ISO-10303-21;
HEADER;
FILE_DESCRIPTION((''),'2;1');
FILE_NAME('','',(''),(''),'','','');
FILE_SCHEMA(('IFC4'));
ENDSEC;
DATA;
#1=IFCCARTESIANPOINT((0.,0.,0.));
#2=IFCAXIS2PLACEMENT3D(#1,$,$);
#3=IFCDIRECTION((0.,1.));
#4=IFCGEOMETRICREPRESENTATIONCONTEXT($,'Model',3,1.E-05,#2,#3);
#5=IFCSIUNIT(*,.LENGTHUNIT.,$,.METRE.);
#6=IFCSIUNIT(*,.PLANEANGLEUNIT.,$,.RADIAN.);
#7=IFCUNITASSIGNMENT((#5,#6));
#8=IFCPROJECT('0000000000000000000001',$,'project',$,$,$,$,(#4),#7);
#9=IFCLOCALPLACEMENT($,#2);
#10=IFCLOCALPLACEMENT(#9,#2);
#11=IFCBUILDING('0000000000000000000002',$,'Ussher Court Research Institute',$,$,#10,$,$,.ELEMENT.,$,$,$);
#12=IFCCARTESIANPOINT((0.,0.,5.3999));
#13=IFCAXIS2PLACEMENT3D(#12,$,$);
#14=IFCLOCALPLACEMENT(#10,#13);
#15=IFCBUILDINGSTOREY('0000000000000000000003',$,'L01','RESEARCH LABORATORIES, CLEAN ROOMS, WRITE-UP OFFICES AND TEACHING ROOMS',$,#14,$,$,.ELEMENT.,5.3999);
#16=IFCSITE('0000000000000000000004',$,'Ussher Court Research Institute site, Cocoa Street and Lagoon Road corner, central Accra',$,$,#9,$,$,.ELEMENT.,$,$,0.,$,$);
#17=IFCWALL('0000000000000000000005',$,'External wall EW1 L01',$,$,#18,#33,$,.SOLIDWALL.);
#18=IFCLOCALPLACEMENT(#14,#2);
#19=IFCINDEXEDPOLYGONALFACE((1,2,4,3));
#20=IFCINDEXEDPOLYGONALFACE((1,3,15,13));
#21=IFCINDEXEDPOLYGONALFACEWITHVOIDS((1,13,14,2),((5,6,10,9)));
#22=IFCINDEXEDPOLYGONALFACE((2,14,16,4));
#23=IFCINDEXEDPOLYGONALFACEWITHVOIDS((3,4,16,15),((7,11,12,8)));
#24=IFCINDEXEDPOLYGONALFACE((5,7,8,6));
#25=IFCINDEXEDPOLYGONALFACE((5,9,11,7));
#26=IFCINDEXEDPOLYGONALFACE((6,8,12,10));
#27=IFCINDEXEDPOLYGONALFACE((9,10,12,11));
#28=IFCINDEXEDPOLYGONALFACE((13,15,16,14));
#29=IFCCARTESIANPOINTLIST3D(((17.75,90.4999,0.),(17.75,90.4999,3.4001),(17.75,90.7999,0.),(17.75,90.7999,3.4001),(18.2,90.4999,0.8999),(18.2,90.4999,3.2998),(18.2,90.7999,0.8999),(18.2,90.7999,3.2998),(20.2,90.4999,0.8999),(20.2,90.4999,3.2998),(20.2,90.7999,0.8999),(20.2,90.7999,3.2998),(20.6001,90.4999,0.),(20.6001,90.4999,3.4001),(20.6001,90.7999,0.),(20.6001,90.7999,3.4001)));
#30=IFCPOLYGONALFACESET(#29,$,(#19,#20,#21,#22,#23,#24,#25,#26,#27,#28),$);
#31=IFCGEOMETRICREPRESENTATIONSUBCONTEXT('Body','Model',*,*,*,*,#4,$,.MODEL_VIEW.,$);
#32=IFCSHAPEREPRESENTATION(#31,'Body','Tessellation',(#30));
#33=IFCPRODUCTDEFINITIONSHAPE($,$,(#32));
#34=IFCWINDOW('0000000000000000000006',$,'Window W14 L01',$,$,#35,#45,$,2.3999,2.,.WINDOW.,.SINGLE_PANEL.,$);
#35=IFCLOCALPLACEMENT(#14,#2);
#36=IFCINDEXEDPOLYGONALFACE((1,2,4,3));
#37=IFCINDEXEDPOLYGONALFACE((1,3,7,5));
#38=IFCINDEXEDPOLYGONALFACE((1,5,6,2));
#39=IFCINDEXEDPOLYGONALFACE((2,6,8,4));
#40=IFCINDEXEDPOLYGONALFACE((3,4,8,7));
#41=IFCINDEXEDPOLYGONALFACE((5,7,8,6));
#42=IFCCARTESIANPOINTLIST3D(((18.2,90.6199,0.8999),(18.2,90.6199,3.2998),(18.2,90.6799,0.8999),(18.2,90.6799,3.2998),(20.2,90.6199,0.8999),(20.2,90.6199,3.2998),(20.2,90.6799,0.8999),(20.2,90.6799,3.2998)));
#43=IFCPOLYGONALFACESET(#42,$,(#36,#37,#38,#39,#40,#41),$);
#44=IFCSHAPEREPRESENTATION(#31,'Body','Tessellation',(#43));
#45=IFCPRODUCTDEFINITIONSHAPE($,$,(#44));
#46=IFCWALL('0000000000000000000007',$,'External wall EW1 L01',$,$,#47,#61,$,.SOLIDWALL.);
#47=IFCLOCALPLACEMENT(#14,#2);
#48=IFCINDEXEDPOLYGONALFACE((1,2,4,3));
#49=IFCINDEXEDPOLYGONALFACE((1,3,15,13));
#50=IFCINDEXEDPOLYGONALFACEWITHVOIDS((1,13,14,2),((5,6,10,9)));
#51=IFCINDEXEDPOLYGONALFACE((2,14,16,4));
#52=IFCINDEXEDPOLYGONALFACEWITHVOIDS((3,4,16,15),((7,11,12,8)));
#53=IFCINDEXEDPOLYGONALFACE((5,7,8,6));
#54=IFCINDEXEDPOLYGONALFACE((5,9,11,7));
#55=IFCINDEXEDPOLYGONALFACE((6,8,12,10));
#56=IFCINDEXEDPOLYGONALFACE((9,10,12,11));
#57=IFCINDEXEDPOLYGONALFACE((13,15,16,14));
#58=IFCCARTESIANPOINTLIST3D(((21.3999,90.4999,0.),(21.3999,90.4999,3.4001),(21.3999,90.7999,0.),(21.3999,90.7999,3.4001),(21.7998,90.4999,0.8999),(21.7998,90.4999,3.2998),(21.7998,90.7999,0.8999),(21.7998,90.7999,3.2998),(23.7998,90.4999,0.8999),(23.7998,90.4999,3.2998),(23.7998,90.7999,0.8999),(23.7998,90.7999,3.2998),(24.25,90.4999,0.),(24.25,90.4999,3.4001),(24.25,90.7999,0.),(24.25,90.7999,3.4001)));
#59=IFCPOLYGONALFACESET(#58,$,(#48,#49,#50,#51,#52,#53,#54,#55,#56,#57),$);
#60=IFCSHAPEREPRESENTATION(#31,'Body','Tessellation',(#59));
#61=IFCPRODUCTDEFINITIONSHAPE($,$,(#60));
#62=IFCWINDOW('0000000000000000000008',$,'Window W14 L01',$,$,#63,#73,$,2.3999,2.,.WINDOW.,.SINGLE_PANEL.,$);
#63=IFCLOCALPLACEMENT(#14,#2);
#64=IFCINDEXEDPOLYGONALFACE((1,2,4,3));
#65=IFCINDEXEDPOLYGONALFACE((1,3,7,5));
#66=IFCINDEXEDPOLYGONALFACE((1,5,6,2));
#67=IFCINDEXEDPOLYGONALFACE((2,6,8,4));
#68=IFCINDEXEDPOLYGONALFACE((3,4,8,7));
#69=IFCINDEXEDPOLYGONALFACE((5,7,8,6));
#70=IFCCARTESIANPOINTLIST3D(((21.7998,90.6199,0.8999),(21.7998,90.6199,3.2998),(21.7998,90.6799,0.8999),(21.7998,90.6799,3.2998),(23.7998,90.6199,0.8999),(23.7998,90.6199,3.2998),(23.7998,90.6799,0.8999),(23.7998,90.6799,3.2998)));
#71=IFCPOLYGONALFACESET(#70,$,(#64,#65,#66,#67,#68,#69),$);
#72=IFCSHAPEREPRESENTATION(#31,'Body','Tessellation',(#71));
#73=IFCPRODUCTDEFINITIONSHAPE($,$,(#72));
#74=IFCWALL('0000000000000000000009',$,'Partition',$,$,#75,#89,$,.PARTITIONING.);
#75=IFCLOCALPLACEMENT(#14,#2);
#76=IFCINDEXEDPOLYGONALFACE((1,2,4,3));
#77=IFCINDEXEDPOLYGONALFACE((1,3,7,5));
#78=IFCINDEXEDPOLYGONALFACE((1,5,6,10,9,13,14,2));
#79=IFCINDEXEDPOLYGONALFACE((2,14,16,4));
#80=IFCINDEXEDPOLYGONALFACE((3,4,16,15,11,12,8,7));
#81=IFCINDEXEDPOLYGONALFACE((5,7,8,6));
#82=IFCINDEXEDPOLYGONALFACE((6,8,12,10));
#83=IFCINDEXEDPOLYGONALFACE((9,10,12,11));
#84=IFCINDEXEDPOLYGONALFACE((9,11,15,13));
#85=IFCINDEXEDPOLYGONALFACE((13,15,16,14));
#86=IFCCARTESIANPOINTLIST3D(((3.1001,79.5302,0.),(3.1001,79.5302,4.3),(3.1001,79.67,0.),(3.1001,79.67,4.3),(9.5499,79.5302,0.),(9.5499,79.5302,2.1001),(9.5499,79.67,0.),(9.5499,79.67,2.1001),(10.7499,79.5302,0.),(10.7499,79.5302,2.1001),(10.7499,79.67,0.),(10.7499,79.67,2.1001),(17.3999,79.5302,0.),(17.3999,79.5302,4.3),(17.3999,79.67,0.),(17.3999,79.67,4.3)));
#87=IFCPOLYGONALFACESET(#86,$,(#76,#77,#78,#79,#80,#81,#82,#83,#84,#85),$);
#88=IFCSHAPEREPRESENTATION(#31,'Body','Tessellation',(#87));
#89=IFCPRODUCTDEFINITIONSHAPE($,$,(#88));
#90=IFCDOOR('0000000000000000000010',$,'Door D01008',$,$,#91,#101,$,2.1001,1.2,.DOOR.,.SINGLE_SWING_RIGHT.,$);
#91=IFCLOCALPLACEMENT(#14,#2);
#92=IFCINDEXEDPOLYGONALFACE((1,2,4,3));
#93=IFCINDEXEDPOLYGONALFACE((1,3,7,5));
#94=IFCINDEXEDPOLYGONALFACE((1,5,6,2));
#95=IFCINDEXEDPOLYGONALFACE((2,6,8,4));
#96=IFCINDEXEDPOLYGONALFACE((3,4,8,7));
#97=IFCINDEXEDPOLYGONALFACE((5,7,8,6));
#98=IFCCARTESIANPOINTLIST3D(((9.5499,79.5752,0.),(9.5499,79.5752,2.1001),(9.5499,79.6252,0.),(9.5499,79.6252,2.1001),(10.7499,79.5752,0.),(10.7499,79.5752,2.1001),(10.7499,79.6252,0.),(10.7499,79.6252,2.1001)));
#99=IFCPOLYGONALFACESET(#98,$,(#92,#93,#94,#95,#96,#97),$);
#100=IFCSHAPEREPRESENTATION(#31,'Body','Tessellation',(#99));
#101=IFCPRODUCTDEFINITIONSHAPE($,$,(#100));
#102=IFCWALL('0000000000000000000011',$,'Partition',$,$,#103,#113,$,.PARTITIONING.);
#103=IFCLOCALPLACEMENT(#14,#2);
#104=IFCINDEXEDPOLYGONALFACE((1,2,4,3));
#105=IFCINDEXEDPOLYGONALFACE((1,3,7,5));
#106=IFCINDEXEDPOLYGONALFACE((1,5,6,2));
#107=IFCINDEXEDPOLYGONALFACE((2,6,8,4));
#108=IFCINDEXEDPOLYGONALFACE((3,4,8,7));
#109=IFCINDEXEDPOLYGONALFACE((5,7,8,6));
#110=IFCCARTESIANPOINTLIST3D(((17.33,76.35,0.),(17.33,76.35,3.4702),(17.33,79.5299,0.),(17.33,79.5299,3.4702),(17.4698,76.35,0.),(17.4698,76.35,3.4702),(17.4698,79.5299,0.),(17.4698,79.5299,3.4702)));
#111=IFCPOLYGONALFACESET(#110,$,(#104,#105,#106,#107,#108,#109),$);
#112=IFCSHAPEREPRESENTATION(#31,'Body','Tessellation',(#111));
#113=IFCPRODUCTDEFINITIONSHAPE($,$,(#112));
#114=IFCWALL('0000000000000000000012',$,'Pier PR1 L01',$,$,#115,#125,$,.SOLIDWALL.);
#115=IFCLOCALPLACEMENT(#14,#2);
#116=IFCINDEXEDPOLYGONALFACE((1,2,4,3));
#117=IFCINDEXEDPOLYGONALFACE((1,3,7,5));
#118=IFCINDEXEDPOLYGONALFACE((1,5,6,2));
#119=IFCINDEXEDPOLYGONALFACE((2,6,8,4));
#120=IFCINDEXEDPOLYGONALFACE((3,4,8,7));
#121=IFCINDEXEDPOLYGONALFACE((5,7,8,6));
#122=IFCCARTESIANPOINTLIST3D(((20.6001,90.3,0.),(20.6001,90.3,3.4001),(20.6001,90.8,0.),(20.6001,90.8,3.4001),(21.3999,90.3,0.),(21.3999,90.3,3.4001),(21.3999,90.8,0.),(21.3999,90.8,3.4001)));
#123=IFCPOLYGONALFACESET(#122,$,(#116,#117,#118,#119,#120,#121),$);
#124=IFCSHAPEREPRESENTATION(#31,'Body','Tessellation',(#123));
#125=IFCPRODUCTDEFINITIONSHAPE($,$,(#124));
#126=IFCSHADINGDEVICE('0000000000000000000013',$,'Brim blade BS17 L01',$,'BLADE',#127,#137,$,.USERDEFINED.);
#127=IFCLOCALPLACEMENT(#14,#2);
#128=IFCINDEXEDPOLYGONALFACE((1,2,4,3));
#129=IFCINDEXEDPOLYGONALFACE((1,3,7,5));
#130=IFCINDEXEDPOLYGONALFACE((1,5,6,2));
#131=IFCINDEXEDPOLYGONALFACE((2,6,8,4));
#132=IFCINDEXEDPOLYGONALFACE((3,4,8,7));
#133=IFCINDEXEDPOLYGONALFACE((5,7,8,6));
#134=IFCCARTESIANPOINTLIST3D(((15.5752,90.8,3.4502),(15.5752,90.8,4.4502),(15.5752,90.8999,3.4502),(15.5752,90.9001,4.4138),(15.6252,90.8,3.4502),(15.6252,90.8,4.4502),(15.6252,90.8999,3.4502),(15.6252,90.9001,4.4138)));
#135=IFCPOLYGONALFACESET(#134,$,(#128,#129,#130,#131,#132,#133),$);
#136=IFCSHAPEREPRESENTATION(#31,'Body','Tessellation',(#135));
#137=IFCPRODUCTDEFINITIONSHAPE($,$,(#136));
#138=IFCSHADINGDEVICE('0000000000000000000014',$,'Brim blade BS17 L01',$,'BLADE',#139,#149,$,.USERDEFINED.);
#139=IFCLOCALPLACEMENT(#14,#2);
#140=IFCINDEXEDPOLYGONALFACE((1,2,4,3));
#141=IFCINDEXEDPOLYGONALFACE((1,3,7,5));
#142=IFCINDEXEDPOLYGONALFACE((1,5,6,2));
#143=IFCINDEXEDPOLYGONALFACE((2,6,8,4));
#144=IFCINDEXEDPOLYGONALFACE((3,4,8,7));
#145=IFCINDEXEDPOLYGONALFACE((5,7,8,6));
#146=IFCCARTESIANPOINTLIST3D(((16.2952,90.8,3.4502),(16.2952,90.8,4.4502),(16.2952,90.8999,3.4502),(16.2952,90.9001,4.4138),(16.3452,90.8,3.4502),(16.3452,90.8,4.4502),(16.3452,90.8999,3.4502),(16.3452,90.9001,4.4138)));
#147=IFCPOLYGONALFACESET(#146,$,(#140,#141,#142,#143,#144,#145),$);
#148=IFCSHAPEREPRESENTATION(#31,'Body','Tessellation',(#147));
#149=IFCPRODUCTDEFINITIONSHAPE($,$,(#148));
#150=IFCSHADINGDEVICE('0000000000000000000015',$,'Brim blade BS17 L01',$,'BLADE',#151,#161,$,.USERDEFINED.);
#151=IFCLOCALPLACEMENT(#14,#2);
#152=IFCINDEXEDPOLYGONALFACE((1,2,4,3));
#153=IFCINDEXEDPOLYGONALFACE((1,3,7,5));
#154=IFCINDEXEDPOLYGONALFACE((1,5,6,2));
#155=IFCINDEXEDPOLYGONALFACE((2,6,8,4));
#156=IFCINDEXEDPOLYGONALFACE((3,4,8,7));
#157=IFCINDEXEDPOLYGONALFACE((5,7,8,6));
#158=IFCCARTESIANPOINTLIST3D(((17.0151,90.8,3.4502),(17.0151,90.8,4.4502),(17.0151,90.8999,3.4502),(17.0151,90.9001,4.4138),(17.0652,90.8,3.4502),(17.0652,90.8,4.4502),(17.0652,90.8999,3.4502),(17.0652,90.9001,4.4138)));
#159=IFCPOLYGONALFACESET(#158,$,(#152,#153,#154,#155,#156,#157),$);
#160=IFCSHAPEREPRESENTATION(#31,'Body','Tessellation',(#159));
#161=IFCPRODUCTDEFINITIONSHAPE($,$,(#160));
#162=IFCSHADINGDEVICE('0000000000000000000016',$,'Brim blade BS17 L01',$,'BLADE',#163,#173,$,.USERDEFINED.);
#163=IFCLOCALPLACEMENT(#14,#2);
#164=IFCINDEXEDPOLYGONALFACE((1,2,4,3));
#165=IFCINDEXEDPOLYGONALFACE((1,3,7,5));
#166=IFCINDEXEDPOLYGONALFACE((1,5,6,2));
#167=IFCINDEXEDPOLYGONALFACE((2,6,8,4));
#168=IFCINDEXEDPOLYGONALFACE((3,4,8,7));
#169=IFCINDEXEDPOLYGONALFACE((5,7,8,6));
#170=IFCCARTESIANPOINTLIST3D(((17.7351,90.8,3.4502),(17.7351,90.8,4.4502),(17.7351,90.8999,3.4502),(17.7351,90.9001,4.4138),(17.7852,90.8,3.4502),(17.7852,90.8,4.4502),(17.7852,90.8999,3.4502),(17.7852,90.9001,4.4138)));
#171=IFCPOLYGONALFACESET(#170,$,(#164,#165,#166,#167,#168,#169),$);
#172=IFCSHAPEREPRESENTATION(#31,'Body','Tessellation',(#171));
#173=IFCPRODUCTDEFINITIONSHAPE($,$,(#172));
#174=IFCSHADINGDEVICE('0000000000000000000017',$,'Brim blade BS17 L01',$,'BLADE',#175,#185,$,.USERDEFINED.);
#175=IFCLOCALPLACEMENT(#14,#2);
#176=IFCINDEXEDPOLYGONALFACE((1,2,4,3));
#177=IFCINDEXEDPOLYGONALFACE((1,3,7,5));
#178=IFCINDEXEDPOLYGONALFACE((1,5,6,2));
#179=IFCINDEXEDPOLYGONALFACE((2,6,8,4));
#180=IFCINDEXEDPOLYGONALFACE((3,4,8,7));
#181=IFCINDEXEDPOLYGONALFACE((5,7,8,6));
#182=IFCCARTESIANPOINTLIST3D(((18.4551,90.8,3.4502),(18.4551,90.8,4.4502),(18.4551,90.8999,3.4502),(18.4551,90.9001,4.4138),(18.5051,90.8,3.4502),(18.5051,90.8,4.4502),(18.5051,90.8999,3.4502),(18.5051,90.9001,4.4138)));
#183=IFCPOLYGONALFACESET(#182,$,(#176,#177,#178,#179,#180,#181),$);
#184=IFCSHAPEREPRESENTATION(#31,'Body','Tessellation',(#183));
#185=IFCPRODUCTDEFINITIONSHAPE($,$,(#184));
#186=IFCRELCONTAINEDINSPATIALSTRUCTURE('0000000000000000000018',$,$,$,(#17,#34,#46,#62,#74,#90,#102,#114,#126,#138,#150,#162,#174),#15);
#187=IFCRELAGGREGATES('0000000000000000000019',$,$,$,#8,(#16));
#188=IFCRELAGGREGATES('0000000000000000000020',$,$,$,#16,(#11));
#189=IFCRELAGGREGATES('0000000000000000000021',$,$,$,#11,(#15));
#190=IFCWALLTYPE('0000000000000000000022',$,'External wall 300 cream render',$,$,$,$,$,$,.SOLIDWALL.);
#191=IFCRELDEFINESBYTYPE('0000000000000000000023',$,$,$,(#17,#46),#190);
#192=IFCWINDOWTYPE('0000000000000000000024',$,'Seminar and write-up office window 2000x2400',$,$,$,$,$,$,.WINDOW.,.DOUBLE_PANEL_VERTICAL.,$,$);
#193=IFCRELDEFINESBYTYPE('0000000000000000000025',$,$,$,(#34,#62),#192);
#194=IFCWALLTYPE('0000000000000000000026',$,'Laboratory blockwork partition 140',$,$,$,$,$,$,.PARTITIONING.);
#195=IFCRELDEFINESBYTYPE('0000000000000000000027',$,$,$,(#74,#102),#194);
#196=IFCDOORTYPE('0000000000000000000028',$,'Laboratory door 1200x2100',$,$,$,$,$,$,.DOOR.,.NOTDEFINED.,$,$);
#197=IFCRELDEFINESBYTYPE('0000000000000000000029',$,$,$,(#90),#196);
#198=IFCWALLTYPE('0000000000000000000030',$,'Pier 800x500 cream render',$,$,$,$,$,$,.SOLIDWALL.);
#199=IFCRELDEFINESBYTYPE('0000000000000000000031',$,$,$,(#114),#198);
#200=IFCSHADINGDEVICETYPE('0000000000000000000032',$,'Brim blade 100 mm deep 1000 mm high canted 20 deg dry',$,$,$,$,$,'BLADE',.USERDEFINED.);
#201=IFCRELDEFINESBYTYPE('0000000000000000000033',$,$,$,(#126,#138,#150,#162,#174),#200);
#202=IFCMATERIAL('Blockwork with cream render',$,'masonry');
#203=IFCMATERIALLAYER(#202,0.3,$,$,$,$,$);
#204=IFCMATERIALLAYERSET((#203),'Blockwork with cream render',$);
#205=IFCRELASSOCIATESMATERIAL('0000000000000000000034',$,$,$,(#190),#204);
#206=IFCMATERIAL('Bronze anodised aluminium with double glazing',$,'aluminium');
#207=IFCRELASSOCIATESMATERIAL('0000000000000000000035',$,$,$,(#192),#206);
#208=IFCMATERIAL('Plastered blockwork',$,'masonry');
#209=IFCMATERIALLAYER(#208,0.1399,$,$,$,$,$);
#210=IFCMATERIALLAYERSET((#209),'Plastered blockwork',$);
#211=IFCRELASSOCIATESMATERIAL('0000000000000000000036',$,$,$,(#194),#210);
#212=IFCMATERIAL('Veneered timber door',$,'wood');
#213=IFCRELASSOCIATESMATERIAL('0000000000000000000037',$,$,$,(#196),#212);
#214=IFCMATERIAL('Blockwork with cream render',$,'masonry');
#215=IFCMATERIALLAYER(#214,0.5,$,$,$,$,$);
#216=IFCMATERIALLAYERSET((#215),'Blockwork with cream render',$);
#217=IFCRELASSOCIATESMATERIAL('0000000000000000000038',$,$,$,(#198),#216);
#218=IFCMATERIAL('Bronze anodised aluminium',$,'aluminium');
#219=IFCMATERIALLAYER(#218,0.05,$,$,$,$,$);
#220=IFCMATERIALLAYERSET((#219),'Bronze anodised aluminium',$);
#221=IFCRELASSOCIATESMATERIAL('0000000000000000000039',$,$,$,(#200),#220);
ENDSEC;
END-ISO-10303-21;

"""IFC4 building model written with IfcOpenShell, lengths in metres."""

from ifc_helpers import new_model, si_unit, direction, frame, frame_2d, origin, place, context, subcontext, project, spatial, polyline, rectangle, outline, extrude, material, layer, layer_set, type_object, element, fill, save


model = new_model("IFC4")

# Units and contexts
model_context = context("Model", 3, precision=1e-05, world=origin(), true_north=direction((0.0, 1.0)))
body_context = subcontext(model_context, "Body", "Model", "MODEL_VIEW")
ifc_project = project(units=[si_unit("LENGTHUNIT", "METRE"), si_unit("PLANEANGLEUNIT", "RADIAN")], contexts=[model_context])

# Site, building, storey
site_placement = place(None, origin())
site = spatial("IfcSite", under=ifc_project, at=site_placement, Name="Ussher Court Research Institute site, Cocoa Street and Lagoon Road corner, central Accra", CompositionType="ELEMENT", RefElevation=0.0)
building_placement = place(site_placement, origin())
building = spatial("IfcBuilding", under=site, at=building_placement, Name="Ussher Court Research Institute", CompositionType="ELEMENT")
storey_placement = place(building_placement, frame((0.0, 0.0, 5.3999)))
storey = spatial("IfcBuildingStorey", under=building, at=storey_placement, Name="L01", Description="RESEARCH LABORATORIES, CLEAN ROOMS, WRITE-UP OFFICES AND TEACHING ROOMS", CompositionType="ELEMENT", Elevation=5.3999)

# Walls, openings, windows
ifc_material_1 = material(Name="Blockwork with cream render", Category="masonry")
ifc_layer_1 = layer(ifc_material_1, 0.3)
ifc_layer_set_1 = layer_set([ifc_layer_1], Name="Blockwork with cream render")
wall_type_1 = type_object("IfcWallType", Name="External wall 300 cream render", PredefinedType="SOLIDWALL", material=ifc_layer_set_1)
wall_1_placement = place(storey_placement, frame((17.75, 90.6499, 0.0), z_axis=(0.0, 0.0, 1.0), x_axis=(1.0, 0.0, 0.0)))
wall_1 = element("IfcWall", 1, at=wall_1_placement, inside=storey, type_object=wall_type_1, Name="External wall EW1 L01", PredefinedType="SOLIDWALL", context=body_context, shape_type="SweptSolid", body=[
    extrude(rectangle(XDim=2.8501, YDim=0.3, at=frame_2d((1.425, 0.0))), origin(), (0.0, 0.0, 1.0), 3.4001),
])
opening_1_placement = place(wall_1_placement, frame((0.45, 0.0, 0.8999)))
opening_1 = element("IfcOpeningElement", 2, at=opening_1_placement, cuts=wall_1, PredefinedType="OPENING", context=body_context, shape_type="SweptSolid", body=[
    extrude(rectangle(XDim=2.0, YDim=2.3999, at=frame_2d((1.0, 1.2))), frame((0.0, 0.1602, 0.0), z_axis=(0.0, -1.0, 0.0), x_axis=(1.0, 0.0, 0.0)), (0.0, 0.0, 1.0), 0.3201),
])
ifc_material_2 = material(Name="Bronze anodised aluminium with double glazing", Category="aluminium")
window_type = type_object("IfcWindowType", Name="Seminar and write-up office window 2000x2400", PartitioningType="DOUBLE_PANEL_VERTICAL", PredefinedType="WINDOW", material=ifc_material_2)
window_1_placement = place(opening_1_placement, origin())
window_1 = element("IfcWindow", 3, at=window_1_placement, inside=storey, type_object=window_type, Name="Window W14 L01", OverallHeight=2.3999, OverallWidth=2.0, PartitioningType="SINGLE_PANEL", PredefinedType="WINDOW", context=body_context, shape_type="SweptSolid", body=[
    extrude(rectangle(XDim=2.0, YDim=2.3999, at=frame_2d((1.0, 1.2))), frame((0.0, 0.03, 0.0), z_axis=(0.0, -1.0, 0.0), x_axis=(1.0, 0.0, 0.0)), (0.0, 0.0, 1.0), 0.0601),
])
fill(opening_1, window_1)
wall_2_placement = place(storey_placement, frame((21.3999, 90.6499, 0.0), z_axis=(0.0, 0.0, 1.0), x_axis=(1.0, 0.0, 0.0)))
wall_2 = element("IfcWall", 4, at=wall_2_placement, inside=storey, type_object=wall_type_1, Name="External wall EW1 L01", PredefinedType="SOLIDWALL", context=body_context, shape_type="SweptSolid", body=[
    extrude(rectangle(XDim=2.8501, YDim=0.3, at=frame_2d((1.425, 0.0))), origin(), (0.0, 0.0, 1.0), 3.4001),
])
opening_2_placement = place(wall_2_placement, frame((0.3999, 0.0, 0.8999)))
opening_2 = element("IfcOpeningElement", 5, at=opening_2_placement, cuts=wall_2, PredefinedType="OPENING", context=body_context, shape_type="SweptSolid", body=[
    extrude(rectangle(XDim=2.0, YDim=2.3999, at=frame_2d((1.0, 1.2))), frame((0.0, 0.1602, 0.0), z_axis=(0.0, -1.0, 0.0), x_axis=(1.0, 0.0, 0.0)), (0.0, 0.0, 1.0), 0.3201),
])
window_2_placement = place(opening_2_placement, origin())
window_2 = element("IfcWindow", 6, at=window_2_placement, inside=storey, type_object=window_type, Name="Window W14 L01", OverallHeight=2.3999, OverallWidth=2.0, PartitioningType="SINGLE_PANEL", PredefinedType="WINDOW", context=body_context, shape_type="SweptSolid", body=[
    extrude(rectangle(XDim=2.0, YDim=2.3999, at=frame_2d((1.0, 1.2))), frame((0.0, 0.03, 0.0), z_axis=(0.0, -1.0, 0.0), x_axis=(1.0, 0.0, 0.0)), (0.0, 0.0, 1.0), 0.0601),
])
fill(opening_2, window_2)

# Wall, opening, door
ifc_material_3 = material(Name="Plastered blockwork", Category="masonry")
ifc_layer_2 = layer(ifc_material_3, 0.1399)
ifc_layer_set_2 = layer_set([ifc_layer_2], Name="Plastered blockwork")
wall_type_2 = type_object("IfcWallType", Name="Laboratory blockwork partition 140", PredefinedType="PARTITIONING", material=ifc_layer_set_2)
wall_3_placement = place(storey_placement, frame((17.3999, 79.6001, 0.0), z_axis=(0.0, 0.0, 1.0), x_axis=(-1.0, 0.0, 0.0)))
wall_3 = element("IfcWall", 7, at=wall_3_placement, inside=storey, type_object=wall_type_2, Name="Partition", PredefinedType="PARTITIONING", context=body_context, shape_type="SweptSolid", body=[
    extrude(rectangle(XDim=14.2998, YDim=0.1399, at=frame_2d((7.1499, 0.0))), origin(), (0.0, 0.0, 1.0), 4.3),
])
opening_3_placement = place(wall_3_placement, frame((6.6499, 0.0, 0.0)))
opening_3 = element("IfcOpeningElement", 8, at=opening_3_placement, cuts=wall_3, PredefinedType="OPENING", context=body_context, shape_type="SweptSolid", body=[
    extrude(rectangle(XDim=1.2, YDim=2.1001, at=frame_2d((0.6001, 1.05))), frame((0.0, 0.0801, 0.0), z_axis=(0.0, -1.0, 0.0), x_axis=(1.0, 0.0, 0.0)), (0.0, 0.0, 1.0), 0.1599),
])
ifc_material_4 = material(Name="Veneered timber door", Category="wood")
door_type_1 = type_object("IfcDoorType", Name="Laboratory door 1200x2100", OperationType="NOTDEFINED", PredefinedType="DOOR", material=ifc_material_4)
door_1_placement = place(opening_3_placement, origin())
door_1 = element("IfcDoor", 9, at=door_1_placement, inside=storey, type_object=door_type_1, Name="Door D01008", OperationType="SINGLE_SWING_RIGHT", OverallHeight=2.1001, OverallWidth=1.2, PredefinedType="DOOR", context=body_context, shape_type="SweptSolid", body=[
    extrude(rectangle(XDim=1.2, YDim=2.1001, at=frame_2d((0.6001, 1.05))), frame((0.0, 0.0249, 0.0), z_axis=(0.0, -1.0, 0.0), x_axis=(1.0, 0.0, 0.0)), (0.0, 0.0, 1.0), 0.05),
])
fill(opening_3, door_1)

# Walls
wall_4_placement = place(storey_placement, frame((17.3999, 76.3501, 0.0), z_axis=(0.0, 0.0, 1.0), x_axis=(0.0, 1.0, 0.0)))
element("IfcWall", 10, at=wall_4_placement, inside=storey, type_object=wall_type_2, Name="Partition", PredefinedType="PARTITIONING", context=body_context, shape_type="SweptSolid", body=[
    extrude(rectangle(XDim=3.1799, YDim=0.1399, at=frame_2d((1.5898, 0.0))), origin(), (0.0, 0.0, 1.0), 3.4702),
])
ifc_material_5 = material(Name="Blockwork with cream render", Category="masonry")
ifc_layer_3 = layer(ifc_material_5, 0.5)
ifc_layer_set_3 = layer_set([ifc_layer_3], Name="Blockwork with cream render")
wall_type_3 = type_object("IfcWallType", Name="Pier 800x500 cream render", PredefinedType="SOLIDWALL", material=ifc_layer_set_3)
wall_5_placement = place(storey_placement, frame((20.6001, 90.55, 0.0), z_axis=(0.0, 0.0, 1.0), x_axis=(1.0, 0.0, 0.0)))
element("IfcWall", 11, at=wall_5_placement, inside=storey, type_object=wall_type_3, Name="Pier PR1 L01", PredefinedType="SOLIDWALL", context=body_context, shape_type="SweptSolid", body=[
    extrude(rectangle(XDim=0.7998, YDim=0.5, at=frame_2d((0.3999, 0.0))), origin(), (0.0, 0.0, 1.0), 3.4001),
])

# Shading devices
ifc_material_6 = material(Name="Bronze anodised aluminium", Category="aluminium")
ifc_layer_4 = layer(ifc_material_6, 0.05)
ifc_layer_set_4 = layer_set([ifc_layer_4], Name="Bronze anodised aluminium")
shading_device_type_1 = type_object("IfcShadingDeviceType", Name="Brim blade 100 mm deep 1000 mm high canted 20 deg dry", ElementType="BLADE", PredefinedType="USERDEFINED", material=ifc_layer_set_4)
for number, where, z_axis, x_axis, name in (
    (12, (15.6001, 90.8, 3.4502), (0.0, 0.0, 1.0), (0.0, 1.0, 0.0), "Brim blade BS17 L01"),
    (13, (16.3201, 90.8, 3.4502), (0.0, 0.0, 1.0), (0.0, 1.0, 0.0), "Brim blade BS17 L01"),
    (14, (17.04, 90.8, 3.4502), (0.0, 0.0, 1.0), (0.0, 1.0, 0.0), "Brim blade BS17 L01"),
    (15, (17.76, 90.8, 3.4502), (0.0, 0.0, 1.0), (0.0, 1.0, 0.0), "Brim blade BS17 L01"),
    (16, (18.48, 90.8, 3.4502), (0.0, 0.0, 1.0), (0.0, 1.0, 0.0), "Brim blade BS17 L01"),
):
    element("IfcShadingDevice", number, at=place(storey_placement, frame(where, z_axis=z_axis, x_axis=x_axis)), inside=storey, type_object=shading_device_type_1, Name=name, ObjectType="BLADE", PredefinedType="USERDEFINED", context=body_context, shape_type="SweptSolid", body=[
        extrude(outline(polyline([(0.0, 0.0), (0.0999, 0.0), (0.1001, 0.9636), (0.0, 1.0), (0.0, 0.0)])), frame((0.0, 0.0249, 0.0), z_axis=(0.0, -1.0, 0.0), x_axis=(1.0, 0.0, 0.0)), (0.0, 0.0, 1.0), 0.05),
    ])

save(model, "model.ifc")
